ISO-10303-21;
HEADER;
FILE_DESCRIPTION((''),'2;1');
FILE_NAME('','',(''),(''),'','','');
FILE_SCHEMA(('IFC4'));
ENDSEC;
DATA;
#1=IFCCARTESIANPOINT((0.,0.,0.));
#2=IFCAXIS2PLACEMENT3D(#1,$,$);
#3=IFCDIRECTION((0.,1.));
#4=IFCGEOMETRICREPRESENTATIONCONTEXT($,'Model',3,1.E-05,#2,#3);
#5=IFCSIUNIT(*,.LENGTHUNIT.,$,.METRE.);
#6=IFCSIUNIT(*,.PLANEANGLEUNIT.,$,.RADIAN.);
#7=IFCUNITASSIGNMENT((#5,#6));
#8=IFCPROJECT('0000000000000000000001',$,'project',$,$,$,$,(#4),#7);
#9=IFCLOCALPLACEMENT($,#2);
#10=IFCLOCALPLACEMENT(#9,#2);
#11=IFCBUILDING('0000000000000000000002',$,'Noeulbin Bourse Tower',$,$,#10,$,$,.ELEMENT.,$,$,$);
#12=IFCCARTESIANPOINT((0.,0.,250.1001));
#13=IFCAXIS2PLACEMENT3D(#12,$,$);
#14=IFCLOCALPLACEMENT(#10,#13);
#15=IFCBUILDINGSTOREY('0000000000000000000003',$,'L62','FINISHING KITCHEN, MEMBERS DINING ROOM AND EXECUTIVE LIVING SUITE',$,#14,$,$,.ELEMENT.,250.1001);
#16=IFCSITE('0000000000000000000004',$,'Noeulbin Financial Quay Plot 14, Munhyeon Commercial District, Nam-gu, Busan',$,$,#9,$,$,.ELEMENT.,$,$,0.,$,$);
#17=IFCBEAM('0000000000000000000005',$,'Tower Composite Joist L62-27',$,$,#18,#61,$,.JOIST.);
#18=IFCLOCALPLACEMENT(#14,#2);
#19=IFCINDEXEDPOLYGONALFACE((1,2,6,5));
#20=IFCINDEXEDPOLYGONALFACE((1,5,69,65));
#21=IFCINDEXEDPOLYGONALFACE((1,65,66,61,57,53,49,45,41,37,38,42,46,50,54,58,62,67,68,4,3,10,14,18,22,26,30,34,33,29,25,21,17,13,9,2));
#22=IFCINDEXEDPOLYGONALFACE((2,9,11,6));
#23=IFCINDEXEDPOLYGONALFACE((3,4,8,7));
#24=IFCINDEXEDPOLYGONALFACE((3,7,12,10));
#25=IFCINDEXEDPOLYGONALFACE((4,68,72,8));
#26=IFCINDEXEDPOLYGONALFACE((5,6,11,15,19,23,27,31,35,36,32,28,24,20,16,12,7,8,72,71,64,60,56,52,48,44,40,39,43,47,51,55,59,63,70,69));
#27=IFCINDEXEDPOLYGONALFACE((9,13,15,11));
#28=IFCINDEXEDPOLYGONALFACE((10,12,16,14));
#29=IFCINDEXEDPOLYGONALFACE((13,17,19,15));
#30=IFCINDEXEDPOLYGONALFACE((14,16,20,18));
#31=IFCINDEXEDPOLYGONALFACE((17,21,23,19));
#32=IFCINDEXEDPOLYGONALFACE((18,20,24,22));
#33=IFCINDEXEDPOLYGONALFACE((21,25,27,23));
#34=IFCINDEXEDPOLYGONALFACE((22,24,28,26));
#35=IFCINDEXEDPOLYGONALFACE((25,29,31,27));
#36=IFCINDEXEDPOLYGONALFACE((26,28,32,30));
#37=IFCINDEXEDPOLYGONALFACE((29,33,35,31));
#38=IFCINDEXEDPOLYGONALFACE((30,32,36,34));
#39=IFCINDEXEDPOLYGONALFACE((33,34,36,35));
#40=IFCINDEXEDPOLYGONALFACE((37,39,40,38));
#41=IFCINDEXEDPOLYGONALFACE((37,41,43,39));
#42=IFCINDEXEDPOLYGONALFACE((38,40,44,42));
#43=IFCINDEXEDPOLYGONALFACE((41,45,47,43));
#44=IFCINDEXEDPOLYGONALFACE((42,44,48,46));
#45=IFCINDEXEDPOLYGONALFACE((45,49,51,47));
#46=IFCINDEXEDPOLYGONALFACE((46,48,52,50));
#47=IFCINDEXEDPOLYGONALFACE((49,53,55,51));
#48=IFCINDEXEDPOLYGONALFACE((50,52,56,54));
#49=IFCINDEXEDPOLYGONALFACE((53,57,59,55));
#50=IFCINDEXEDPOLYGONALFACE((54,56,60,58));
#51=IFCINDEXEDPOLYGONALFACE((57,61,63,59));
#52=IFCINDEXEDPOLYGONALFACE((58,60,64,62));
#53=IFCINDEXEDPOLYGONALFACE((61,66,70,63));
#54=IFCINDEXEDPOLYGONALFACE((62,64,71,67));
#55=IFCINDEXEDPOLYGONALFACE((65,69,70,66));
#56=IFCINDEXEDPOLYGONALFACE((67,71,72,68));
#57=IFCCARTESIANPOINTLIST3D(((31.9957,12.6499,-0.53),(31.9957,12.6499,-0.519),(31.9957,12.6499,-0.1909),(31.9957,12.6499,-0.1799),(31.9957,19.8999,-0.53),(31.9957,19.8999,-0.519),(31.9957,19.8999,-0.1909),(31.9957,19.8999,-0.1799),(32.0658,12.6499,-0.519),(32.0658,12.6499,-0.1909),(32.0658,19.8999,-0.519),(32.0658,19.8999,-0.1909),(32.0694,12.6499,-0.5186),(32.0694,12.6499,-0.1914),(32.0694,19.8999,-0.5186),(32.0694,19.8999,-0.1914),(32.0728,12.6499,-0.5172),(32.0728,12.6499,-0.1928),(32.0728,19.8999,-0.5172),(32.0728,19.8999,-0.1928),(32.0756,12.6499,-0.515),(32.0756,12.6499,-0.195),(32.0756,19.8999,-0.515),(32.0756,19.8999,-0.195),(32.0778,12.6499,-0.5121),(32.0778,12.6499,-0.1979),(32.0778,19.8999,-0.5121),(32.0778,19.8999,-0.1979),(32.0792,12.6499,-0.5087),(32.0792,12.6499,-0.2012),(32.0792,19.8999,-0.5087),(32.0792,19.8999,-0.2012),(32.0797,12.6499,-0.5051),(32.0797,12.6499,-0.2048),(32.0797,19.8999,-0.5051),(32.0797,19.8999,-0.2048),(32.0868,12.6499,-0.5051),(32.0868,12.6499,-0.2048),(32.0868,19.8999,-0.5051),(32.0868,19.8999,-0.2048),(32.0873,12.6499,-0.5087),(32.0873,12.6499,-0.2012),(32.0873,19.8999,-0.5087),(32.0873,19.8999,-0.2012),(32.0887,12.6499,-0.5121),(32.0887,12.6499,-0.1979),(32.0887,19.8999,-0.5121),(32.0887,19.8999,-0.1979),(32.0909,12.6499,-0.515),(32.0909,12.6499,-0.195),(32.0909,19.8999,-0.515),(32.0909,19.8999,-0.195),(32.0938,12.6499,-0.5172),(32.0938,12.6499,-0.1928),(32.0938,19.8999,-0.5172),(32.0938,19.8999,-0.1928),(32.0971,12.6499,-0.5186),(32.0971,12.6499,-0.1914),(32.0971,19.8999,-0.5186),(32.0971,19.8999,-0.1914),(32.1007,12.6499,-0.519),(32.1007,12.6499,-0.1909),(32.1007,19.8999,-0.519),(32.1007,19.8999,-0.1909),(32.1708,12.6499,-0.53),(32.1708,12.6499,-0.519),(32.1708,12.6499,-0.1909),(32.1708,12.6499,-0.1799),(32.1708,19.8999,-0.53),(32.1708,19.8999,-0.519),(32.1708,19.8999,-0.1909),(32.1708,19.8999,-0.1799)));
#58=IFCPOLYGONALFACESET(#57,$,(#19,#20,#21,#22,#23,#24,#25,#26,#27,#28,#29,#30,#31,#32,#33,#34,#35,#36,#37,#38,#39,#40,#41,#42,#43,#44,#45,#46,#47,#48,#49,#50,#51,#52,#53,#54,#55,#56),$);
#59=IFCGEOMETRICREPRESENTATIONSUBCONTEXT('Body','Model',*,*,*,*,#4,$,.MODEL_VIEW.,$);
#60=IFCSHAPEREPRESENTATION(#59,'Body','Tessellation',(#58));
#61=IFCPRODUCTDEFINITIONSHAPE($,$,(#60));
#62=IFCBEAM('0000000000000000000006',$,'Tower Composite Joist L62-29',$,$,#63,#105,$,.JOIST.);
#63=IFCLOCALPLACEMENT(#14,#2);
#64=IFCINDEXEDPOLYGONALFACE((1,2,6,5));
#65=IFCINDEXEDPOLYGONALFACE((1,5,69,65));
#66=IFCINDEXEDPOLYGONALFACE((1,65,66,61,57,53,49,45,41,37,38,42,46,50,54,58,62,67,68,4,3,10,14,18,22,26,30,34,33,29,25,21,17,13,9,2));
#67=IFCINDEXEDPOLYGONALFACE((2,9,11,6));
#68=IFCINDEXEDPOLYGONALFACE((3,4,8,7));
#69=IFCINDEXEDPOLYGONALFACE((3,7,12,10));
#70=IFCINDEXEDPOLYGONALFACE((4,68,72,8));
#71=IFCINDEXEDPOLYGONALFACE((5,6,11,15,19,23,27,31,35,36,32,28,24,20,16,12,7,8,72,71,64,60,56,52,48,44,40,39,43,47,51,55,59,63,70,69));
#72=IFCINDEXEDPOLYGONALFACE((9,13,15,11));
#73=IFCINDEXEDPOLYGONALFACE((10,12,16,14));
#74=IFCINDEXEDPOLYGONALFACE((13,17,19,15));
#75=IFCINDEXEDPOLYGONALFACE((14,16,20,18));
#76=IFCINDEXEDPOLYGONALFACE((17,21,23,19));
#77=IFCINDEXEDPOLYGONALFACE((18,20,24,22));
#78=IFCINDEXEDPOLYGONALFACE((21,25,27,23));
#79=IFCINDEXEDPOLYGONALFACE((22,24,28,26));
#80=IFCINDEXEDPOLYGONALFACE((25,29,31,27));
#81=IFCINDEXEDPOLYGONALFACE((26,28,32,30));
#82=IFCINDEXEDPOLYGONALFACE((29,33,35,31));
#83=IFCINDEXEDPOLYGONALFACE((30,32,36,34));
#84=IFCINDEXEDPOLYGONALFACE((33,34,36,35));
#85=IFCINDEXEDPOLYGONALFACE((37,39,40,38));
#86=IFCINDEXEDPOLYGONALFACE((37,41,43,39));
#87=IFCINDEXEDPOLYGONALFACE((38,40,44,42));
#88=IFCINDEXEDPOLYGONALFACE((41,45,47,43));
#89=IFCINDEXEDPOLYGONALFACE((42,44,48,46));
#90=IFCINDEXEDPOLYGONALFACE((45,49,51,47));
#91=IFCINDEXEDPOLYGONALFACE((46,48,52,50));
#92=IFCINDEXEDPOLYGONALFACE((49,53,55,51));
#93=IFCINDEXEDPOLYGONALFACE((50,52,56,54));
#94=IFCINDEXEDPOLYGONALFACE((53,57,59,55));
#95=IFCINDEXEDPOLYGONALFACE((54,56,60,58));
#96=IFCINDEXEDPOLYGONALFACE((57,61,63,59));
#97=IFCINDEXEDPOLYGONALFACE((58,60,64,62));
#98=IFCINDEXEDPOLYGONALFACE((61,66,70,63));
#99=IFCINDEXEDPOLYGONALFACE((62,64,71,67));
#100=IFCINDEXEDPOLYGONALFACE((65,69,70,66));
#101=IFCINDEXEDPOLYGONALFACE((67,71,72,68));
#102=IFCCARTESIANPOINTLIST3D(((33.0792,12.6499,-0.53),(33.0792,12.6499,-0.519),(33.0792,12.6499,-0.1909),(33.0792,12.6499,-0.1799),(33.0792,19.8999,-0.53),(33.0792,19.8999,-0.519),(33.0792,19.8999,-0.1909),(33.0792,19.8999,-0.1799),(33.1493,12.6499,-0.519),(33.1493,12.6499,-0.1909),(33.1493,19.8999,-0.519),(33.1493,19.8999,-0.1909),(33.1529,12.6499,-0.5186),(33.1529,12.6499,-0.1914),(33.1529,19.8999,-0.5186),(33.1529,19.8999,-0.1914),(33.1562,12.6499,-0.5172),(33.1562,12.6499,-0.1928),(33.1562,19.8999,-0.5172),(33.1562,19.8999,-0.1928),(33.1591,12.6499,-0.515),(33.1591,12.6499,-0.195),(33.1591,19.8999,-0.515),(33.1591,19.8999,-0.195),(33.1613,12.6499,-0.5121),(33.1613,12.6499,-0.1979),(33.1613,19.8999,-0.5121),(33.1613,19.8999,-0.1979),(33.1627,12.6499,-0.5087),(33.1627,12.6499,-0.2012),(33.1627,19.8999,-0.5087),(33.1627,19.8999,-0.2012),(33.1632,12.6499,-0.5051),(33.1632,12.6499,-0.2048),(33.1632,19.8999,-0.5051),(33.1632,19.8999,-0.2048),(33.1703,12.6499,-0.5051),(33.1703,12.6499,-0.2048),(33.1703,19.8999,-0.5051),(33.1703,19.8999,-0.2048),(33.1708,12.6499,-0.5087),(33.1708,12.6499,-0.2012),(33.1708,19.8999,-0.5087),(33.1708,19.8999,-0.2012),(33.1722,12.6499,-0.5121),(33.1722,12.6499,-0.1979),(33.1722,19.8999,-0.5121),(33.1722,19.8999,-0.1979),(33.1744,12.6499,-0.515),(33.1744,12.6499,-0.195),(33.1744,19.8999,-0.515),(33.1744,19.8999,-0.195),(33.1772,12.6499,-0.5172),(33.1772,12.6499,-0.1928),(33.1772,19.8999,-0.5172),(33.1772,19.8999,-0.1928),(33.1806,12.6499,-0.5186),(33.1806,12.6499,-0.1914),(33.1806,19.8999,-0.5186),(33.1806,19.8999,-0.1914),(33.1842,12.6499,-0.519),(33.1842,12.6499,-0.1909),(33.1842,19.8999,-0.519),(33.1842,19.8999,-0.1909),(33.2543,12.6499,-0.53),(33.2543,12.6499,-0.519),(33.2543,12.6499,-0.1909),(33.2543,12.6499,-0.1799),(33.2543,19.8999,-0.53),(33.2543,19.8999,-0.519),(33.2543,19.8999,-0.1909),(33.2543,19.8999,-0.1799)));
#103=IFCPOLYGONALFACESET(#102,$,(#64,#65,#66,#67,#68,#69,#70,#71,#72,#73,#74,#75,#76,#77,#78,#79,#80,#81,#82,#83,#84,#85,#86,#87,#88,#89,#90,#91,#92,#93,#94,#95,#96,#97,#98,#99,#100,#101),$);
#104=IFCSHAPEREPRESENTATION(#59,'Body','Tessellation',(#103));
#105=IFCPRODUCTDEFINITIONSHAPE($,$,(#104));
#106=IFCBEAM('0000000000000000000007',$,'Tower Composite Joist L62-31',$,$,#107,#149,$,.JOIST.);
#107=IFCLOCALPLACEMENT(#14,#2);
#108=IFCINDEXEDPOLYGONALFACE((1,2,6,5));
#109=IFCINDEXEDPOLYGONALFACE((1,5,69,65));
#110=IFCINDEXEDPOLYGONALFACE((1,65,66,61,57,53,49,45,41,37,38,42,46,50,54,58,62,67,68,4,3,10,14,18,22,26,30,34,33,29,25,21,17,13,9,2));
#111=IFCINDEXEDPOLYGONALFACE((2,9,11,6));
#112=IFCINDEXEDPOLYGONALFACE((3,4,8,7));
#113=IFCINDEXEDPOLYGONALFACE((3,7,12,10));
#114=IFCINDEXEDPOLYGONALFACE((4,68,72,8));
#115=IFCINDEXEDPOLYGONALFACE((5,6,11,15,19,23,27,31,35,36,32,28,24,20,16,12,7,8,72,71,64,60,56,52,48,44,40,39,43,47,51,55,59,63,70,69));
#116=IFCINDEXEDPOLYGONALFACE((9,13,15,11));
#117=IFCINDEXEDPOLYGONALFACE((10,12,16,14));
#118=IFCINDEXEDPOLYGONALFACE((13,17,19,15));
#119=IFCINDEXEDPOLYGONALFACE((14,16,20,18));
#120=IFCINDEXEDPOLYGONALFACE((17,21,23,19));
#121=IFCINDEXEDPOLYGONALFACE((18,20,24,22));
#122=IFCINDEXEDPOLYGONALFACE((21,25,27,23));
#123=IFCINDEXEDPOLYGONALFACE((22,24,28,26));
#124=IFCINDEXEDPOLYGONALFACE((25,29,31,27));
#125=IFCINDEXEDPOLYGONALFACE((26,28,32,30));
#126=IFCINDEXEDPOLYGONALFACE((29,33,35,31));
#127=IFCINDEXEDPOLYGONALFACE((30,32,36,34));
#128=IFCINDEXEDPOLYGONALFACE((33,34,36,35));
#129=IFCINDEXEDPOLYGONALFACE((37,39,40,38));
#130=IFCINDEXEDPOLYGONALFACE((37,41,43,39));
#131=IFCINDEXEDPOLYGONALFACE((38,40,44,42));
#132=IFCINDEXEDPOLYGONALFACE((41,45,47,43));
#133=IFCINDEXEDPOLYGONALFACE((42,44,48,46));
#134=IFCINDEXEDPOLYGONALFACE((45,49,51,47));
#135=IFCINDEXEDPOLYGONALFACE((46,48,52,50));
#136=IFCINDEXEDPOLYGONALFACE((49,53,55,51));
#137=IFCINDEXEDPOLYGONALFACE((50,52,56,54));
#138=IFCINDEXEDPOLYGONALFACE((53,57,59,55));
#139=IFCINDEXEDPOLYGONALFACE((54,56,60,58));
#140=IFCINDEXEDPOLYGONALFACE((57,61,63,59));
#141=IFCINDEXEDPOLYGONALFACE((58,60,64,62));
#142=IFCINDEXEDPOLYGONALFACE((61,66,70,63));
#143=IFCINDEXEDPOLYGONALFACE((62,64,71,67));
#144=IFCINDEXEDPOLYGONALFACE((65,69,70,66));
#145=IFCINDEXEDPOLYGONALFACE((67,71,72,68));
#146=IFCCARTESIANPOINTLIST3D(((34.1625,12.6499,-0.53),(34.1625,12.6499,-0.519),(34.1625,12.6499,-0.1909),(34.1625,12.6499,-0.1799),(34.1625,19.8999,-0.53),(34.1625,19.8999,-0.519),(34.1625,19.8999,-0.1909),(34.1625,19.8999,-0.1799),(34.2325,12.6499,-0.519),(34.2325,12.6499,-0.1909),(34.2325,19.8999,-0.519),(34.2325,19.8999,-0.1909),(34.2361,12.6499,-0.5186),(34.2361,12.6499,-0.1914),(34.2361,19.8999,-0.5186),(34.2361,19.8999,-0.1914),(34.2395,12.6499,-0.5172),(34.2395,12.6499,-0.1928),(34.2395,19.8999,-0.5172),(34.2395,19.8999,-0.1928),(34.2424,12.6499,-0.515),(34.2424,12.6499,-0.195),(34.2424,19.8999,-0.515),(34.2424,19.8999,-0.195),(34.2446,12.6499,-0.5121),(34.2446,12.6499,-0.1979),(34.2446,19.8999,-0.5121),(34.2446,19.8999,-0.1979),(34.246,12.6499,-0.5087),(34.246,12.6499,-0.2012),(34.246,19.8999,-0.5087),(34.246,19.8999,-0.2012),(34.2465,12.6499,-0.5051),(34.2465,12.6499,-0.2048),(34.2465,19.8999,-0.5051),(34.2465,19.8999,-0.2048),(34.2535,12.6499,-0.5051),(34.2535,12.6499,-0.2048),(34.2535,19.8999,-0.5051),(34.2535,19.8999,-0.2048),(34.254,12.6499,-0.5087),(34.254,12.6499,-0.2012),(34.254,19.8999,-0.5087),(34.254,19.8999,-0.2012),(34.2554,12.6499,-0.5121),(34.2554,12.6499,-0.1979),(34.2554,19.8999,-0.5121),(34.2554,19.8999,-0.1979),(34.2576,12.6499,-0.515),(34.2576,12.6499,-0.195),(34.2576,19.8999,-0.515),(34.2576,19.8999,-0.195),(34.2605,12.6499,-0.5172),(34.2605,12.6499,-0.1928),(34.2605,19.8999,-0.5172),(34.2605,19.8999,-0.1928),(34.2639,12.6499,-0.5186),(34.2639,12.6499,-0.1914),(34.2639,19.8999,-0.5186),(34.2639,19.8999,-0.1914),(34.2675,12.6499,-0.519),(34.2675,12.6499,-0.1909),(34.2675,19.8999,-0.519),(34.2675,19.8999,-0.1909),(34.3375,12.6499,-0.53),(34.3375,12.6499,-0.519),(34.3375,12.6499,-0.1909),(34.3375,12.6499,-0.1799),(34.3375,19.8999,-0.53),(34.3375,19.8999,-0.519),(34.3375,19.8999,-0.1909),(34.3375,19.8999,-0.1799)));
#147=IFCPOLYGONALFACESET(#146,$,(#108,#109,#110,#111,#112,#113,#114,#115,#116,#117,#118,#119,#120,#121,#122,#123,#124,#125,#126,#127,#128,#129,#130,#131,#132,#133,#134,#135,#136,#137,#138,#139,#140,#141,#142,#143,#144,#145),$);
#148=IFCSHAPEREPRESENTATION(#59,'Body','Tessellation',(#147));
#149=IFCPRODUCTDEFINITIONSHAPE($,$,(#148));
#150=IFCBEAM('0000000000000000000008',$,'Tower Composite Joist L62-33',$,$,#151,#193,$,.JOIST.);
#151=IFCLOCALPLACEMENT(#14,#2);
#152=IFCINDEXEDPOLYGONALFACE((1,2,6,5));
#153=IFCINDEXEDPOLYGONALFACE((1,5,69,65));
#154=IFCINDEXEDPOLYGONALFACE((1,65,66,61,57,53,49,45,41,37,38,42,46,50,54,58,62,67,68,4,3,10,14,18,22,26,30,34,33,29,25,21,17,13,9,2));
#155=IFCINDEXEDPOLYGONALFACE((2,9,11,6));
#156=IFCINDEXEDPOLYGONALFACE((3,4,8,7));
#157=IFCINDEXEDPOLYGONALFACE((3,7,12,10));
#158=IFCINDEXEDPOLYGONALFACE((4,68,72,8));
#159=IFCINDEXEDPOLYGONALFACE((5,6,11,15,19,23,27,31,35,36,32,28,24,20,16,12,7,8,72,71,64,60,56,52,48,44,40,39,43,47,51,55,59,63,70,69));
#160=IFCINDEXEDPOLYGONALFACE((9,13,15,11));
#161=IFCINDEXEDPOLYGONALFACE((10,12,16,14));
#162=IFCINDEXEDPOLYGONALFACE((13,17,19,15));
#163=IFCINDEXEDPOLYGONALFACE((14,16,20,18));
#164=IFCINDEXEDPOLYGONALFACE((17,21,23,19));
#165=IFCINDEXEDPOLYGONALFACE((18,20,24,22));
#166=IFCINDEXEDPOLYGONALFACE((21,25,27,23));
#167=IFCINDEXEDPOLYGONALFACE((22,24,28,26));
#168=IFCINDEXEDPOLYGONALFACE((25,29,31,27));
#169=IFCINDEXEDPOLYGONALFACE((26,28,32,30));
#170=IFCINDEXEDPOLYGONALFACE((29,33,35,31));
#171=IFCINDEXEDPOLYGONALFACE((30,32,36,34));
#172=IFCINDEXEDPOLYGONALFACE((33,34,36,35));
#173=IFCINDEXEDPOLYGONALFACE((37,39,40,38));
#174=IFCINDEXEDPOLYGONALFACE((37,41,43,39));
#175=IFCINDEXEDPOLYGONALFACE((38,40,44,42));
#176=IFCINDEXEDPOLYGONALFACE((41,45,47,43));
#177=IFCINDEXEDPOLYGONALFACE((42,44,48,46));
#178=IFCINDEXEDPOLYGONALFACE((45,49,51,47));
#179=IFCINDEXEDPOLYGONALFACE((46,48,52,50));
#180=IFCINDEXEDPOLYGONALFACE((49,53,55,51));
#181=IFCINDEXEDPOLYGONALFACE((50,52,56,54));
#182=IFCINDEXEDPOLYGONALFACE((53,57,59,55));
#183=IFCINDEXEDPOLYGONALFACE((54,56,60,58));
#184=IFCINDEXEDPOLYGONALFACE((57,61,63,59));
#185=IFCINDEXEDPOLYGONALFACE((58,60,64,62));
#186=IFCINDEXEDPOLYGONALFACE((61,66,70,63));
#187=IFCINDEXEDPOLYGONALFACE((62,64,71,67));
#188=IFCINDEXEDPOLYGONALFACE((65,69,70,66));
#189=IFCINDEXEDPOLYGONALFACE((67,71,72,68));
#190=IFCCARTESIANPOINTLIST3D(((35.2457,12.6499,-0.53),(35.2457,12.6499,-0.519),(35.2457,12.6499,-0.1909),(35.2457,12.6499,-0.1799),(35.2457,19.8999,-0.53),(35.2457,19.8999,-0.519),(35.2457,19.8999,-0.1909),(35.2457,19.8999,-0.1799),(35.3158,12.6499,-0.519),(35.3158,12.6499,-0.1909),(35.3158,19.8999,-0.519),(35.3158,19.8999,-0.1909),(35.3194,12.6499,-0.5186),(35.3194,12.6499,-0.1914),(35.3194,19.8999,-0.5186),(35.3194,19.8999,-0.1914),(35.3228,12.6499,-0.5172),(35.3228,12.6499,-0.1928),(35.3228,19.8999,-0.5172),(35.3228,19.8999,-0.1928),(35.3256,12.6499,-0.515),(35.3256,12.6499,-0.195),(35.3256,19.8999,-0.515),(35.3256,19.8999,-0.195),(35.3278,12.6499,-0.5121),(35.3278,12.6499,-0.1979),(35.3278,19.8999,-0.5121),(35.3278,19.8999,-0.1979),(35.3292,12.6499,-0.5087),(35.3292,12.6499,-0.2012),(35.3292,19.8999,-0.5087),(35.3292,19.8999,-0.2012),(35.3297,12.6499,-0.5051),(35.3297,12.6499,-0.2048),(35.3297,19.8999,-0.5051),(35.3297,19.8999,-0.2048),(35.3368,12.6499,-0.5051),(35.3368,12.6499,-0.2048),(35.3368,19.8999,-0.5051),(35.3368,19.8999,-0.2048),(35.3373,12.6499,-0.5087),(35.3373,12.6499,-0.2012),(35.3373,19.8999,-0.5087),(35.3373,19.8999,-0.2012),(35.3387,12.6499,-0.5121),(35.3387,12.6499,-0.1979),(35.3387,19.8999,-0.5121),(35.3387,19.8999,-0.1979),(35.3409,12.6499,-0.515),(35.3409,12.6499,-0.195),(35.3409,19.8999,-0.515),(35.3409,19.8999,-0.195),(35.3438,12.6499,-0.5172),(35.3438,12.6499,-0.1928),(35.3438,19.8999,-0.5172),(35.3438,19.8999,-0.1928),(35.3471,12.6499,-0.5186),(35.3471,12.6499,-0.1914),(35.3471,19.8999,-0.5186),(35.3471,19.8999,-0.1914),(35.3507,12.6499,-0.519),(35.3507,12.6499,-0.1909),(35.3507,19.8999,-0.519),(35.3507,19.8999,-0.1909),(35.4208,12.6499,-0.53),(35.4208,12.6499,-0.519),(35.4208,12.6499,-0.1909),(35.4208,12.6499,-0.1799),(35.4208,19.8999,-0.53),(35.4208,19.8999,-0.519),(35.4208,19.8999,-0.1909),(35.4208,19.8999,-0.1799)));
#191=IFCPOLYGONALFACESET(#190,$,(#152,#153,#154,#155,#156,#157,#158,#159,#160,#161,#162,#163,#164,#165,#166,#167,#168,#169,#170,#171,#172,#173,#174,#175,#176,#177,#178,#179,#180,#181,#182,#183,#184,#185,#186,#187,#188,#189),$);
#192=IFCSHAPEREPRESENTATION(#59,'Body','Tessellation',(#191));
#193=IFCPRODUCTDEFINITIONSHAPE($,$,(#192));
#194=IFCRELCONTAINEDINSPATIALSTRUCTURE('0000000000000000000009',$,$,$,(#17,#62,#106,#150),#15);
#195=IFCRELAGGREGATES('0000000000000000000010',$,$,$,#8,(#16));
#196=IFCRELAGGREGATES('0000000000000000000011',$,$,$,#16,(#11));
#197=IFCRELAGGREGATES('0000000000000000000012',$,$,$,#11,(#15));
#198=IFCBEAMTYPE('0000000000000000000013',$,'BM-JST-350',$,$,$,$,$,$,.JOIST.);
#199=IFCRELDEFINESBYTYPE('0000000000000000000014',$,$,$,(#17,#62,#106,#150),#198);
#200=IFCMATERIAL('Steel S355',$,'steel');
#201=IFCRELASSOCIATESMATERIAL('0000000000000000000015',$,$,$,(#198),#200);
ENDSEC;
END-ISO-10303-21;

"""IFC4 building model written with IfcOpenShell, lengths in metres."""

from ifc_helpers import new_model, si_unit, direction, frame, origin, origin_2d, place, context, subcontext, project, spatial, i_section, extrude, material, material_profile, profile_set, type_object, element, save


model = new_model("IFC4")

# Units and contexts
model_context = context("Model", 3, precision=1e-05, world=origin(), true_north=direction((0.0, 1.0)))
body_context = subcontext(model_context, "Body", "Model", "MODEL_VIEW")
ifc_project = project(units=[si_unit("LENGTHUNIT", "METRE"), si_unit("PLANEANGLEUNIT", "RADIAN")], contexts=[model_context])

# Site, building, storey
site_placement = place(None, origin())
site = spatial("IfcSite", under=ifc_project, at=site_placement, Name="Noeulbin Financial Quay Plot 14, Munhyeon Commercial District, Nam-gu, Busan", CompositionType="ELEMENT", RefElevation=0.0)
building_placement = place(site_placement, origin())
building = spatial("IfcBuilding", under=site, at=building_placement, Name="Noeulbin Bourse Tower", CompositionType="ELEMENT")
storey_placement = place(building_placement, frame((0.0, 0.0, 250.1001)))
storey = spatial("IfcBuildingStorey", under=building, at=storey_placement, Name="L62", Description="FINISHING KITCHEN, MEMBERS DINING ROOM AND EXECUTIVE LIVING SUITE", CompositionType="ELEMENT", Elevation=250.1001)

# Shared definitions
ifc_material_1 = material(Name="Steel S355", Category="steel")

# Beams
ifc_material_profile_1 = material_profile(ifc_material_1, i_section(OverallWidth=0.175, OverallDepth=0.3501, WebThickness=0.0071, FlangeThickness=0.011, FilletRadius=0.0139, at=origin_2d()), Name="H-350x175x7x11", Category="LoadBearing")
ifc_profile_set_1 = profile_set([ifc_material_profile_1], Name="Steel S355")
beam_type_1 = type_object("IfcBeamType", Name="BM-JST-350", PredefinedType="JOIST", material=ifc_profile_set_1)
for number, where, z_axis, x_axis, name in (
    (1, (32.0833, 12.6499, -0.355), (0.0, 1.0, 0.0), (-1.0, 0.0, 0.0), "Tower Composite Joist L62-27"),
    (2, (33.1667, 12.6499, -0.355), (0.0, 1.0, 0.0), (-1.0, 0.0, 0.0), "Tower Composite Joist L62-29"),
    (3, (34.25, 12.6499, -0.355), (0.0, 1.0, 0.0), (-1.0, 0.0, 0.0), "Tower Composite Joist L62-31"),
    (4, (35.3333, 12.6499, -0.355), (0.0, 1.0, 0.0), (-1.0, 0.0, 0.0), "Tower Composite Joist L62-33"),
):
    element("IfcBeam", number, at=place(storey_placement, frame(where, z_axis=z_axis, x_axis=x_axis)), inside=storey, type_object=beam_type_1, Name=name, PredefinedType="JOIST", context=body_context, shape_type="SweptSolid", body=[
        extrude(i_section(OverallWidth=0.175, OverallDepth=0.3501, WebThickness=0.0071, FlangeThickness=0.011, FilletRadius=0.0139, at=origin_2d()), origin(), (0.0, 0.0, 1.0), 7.25),
    ])

save(model, "model.ifc")
